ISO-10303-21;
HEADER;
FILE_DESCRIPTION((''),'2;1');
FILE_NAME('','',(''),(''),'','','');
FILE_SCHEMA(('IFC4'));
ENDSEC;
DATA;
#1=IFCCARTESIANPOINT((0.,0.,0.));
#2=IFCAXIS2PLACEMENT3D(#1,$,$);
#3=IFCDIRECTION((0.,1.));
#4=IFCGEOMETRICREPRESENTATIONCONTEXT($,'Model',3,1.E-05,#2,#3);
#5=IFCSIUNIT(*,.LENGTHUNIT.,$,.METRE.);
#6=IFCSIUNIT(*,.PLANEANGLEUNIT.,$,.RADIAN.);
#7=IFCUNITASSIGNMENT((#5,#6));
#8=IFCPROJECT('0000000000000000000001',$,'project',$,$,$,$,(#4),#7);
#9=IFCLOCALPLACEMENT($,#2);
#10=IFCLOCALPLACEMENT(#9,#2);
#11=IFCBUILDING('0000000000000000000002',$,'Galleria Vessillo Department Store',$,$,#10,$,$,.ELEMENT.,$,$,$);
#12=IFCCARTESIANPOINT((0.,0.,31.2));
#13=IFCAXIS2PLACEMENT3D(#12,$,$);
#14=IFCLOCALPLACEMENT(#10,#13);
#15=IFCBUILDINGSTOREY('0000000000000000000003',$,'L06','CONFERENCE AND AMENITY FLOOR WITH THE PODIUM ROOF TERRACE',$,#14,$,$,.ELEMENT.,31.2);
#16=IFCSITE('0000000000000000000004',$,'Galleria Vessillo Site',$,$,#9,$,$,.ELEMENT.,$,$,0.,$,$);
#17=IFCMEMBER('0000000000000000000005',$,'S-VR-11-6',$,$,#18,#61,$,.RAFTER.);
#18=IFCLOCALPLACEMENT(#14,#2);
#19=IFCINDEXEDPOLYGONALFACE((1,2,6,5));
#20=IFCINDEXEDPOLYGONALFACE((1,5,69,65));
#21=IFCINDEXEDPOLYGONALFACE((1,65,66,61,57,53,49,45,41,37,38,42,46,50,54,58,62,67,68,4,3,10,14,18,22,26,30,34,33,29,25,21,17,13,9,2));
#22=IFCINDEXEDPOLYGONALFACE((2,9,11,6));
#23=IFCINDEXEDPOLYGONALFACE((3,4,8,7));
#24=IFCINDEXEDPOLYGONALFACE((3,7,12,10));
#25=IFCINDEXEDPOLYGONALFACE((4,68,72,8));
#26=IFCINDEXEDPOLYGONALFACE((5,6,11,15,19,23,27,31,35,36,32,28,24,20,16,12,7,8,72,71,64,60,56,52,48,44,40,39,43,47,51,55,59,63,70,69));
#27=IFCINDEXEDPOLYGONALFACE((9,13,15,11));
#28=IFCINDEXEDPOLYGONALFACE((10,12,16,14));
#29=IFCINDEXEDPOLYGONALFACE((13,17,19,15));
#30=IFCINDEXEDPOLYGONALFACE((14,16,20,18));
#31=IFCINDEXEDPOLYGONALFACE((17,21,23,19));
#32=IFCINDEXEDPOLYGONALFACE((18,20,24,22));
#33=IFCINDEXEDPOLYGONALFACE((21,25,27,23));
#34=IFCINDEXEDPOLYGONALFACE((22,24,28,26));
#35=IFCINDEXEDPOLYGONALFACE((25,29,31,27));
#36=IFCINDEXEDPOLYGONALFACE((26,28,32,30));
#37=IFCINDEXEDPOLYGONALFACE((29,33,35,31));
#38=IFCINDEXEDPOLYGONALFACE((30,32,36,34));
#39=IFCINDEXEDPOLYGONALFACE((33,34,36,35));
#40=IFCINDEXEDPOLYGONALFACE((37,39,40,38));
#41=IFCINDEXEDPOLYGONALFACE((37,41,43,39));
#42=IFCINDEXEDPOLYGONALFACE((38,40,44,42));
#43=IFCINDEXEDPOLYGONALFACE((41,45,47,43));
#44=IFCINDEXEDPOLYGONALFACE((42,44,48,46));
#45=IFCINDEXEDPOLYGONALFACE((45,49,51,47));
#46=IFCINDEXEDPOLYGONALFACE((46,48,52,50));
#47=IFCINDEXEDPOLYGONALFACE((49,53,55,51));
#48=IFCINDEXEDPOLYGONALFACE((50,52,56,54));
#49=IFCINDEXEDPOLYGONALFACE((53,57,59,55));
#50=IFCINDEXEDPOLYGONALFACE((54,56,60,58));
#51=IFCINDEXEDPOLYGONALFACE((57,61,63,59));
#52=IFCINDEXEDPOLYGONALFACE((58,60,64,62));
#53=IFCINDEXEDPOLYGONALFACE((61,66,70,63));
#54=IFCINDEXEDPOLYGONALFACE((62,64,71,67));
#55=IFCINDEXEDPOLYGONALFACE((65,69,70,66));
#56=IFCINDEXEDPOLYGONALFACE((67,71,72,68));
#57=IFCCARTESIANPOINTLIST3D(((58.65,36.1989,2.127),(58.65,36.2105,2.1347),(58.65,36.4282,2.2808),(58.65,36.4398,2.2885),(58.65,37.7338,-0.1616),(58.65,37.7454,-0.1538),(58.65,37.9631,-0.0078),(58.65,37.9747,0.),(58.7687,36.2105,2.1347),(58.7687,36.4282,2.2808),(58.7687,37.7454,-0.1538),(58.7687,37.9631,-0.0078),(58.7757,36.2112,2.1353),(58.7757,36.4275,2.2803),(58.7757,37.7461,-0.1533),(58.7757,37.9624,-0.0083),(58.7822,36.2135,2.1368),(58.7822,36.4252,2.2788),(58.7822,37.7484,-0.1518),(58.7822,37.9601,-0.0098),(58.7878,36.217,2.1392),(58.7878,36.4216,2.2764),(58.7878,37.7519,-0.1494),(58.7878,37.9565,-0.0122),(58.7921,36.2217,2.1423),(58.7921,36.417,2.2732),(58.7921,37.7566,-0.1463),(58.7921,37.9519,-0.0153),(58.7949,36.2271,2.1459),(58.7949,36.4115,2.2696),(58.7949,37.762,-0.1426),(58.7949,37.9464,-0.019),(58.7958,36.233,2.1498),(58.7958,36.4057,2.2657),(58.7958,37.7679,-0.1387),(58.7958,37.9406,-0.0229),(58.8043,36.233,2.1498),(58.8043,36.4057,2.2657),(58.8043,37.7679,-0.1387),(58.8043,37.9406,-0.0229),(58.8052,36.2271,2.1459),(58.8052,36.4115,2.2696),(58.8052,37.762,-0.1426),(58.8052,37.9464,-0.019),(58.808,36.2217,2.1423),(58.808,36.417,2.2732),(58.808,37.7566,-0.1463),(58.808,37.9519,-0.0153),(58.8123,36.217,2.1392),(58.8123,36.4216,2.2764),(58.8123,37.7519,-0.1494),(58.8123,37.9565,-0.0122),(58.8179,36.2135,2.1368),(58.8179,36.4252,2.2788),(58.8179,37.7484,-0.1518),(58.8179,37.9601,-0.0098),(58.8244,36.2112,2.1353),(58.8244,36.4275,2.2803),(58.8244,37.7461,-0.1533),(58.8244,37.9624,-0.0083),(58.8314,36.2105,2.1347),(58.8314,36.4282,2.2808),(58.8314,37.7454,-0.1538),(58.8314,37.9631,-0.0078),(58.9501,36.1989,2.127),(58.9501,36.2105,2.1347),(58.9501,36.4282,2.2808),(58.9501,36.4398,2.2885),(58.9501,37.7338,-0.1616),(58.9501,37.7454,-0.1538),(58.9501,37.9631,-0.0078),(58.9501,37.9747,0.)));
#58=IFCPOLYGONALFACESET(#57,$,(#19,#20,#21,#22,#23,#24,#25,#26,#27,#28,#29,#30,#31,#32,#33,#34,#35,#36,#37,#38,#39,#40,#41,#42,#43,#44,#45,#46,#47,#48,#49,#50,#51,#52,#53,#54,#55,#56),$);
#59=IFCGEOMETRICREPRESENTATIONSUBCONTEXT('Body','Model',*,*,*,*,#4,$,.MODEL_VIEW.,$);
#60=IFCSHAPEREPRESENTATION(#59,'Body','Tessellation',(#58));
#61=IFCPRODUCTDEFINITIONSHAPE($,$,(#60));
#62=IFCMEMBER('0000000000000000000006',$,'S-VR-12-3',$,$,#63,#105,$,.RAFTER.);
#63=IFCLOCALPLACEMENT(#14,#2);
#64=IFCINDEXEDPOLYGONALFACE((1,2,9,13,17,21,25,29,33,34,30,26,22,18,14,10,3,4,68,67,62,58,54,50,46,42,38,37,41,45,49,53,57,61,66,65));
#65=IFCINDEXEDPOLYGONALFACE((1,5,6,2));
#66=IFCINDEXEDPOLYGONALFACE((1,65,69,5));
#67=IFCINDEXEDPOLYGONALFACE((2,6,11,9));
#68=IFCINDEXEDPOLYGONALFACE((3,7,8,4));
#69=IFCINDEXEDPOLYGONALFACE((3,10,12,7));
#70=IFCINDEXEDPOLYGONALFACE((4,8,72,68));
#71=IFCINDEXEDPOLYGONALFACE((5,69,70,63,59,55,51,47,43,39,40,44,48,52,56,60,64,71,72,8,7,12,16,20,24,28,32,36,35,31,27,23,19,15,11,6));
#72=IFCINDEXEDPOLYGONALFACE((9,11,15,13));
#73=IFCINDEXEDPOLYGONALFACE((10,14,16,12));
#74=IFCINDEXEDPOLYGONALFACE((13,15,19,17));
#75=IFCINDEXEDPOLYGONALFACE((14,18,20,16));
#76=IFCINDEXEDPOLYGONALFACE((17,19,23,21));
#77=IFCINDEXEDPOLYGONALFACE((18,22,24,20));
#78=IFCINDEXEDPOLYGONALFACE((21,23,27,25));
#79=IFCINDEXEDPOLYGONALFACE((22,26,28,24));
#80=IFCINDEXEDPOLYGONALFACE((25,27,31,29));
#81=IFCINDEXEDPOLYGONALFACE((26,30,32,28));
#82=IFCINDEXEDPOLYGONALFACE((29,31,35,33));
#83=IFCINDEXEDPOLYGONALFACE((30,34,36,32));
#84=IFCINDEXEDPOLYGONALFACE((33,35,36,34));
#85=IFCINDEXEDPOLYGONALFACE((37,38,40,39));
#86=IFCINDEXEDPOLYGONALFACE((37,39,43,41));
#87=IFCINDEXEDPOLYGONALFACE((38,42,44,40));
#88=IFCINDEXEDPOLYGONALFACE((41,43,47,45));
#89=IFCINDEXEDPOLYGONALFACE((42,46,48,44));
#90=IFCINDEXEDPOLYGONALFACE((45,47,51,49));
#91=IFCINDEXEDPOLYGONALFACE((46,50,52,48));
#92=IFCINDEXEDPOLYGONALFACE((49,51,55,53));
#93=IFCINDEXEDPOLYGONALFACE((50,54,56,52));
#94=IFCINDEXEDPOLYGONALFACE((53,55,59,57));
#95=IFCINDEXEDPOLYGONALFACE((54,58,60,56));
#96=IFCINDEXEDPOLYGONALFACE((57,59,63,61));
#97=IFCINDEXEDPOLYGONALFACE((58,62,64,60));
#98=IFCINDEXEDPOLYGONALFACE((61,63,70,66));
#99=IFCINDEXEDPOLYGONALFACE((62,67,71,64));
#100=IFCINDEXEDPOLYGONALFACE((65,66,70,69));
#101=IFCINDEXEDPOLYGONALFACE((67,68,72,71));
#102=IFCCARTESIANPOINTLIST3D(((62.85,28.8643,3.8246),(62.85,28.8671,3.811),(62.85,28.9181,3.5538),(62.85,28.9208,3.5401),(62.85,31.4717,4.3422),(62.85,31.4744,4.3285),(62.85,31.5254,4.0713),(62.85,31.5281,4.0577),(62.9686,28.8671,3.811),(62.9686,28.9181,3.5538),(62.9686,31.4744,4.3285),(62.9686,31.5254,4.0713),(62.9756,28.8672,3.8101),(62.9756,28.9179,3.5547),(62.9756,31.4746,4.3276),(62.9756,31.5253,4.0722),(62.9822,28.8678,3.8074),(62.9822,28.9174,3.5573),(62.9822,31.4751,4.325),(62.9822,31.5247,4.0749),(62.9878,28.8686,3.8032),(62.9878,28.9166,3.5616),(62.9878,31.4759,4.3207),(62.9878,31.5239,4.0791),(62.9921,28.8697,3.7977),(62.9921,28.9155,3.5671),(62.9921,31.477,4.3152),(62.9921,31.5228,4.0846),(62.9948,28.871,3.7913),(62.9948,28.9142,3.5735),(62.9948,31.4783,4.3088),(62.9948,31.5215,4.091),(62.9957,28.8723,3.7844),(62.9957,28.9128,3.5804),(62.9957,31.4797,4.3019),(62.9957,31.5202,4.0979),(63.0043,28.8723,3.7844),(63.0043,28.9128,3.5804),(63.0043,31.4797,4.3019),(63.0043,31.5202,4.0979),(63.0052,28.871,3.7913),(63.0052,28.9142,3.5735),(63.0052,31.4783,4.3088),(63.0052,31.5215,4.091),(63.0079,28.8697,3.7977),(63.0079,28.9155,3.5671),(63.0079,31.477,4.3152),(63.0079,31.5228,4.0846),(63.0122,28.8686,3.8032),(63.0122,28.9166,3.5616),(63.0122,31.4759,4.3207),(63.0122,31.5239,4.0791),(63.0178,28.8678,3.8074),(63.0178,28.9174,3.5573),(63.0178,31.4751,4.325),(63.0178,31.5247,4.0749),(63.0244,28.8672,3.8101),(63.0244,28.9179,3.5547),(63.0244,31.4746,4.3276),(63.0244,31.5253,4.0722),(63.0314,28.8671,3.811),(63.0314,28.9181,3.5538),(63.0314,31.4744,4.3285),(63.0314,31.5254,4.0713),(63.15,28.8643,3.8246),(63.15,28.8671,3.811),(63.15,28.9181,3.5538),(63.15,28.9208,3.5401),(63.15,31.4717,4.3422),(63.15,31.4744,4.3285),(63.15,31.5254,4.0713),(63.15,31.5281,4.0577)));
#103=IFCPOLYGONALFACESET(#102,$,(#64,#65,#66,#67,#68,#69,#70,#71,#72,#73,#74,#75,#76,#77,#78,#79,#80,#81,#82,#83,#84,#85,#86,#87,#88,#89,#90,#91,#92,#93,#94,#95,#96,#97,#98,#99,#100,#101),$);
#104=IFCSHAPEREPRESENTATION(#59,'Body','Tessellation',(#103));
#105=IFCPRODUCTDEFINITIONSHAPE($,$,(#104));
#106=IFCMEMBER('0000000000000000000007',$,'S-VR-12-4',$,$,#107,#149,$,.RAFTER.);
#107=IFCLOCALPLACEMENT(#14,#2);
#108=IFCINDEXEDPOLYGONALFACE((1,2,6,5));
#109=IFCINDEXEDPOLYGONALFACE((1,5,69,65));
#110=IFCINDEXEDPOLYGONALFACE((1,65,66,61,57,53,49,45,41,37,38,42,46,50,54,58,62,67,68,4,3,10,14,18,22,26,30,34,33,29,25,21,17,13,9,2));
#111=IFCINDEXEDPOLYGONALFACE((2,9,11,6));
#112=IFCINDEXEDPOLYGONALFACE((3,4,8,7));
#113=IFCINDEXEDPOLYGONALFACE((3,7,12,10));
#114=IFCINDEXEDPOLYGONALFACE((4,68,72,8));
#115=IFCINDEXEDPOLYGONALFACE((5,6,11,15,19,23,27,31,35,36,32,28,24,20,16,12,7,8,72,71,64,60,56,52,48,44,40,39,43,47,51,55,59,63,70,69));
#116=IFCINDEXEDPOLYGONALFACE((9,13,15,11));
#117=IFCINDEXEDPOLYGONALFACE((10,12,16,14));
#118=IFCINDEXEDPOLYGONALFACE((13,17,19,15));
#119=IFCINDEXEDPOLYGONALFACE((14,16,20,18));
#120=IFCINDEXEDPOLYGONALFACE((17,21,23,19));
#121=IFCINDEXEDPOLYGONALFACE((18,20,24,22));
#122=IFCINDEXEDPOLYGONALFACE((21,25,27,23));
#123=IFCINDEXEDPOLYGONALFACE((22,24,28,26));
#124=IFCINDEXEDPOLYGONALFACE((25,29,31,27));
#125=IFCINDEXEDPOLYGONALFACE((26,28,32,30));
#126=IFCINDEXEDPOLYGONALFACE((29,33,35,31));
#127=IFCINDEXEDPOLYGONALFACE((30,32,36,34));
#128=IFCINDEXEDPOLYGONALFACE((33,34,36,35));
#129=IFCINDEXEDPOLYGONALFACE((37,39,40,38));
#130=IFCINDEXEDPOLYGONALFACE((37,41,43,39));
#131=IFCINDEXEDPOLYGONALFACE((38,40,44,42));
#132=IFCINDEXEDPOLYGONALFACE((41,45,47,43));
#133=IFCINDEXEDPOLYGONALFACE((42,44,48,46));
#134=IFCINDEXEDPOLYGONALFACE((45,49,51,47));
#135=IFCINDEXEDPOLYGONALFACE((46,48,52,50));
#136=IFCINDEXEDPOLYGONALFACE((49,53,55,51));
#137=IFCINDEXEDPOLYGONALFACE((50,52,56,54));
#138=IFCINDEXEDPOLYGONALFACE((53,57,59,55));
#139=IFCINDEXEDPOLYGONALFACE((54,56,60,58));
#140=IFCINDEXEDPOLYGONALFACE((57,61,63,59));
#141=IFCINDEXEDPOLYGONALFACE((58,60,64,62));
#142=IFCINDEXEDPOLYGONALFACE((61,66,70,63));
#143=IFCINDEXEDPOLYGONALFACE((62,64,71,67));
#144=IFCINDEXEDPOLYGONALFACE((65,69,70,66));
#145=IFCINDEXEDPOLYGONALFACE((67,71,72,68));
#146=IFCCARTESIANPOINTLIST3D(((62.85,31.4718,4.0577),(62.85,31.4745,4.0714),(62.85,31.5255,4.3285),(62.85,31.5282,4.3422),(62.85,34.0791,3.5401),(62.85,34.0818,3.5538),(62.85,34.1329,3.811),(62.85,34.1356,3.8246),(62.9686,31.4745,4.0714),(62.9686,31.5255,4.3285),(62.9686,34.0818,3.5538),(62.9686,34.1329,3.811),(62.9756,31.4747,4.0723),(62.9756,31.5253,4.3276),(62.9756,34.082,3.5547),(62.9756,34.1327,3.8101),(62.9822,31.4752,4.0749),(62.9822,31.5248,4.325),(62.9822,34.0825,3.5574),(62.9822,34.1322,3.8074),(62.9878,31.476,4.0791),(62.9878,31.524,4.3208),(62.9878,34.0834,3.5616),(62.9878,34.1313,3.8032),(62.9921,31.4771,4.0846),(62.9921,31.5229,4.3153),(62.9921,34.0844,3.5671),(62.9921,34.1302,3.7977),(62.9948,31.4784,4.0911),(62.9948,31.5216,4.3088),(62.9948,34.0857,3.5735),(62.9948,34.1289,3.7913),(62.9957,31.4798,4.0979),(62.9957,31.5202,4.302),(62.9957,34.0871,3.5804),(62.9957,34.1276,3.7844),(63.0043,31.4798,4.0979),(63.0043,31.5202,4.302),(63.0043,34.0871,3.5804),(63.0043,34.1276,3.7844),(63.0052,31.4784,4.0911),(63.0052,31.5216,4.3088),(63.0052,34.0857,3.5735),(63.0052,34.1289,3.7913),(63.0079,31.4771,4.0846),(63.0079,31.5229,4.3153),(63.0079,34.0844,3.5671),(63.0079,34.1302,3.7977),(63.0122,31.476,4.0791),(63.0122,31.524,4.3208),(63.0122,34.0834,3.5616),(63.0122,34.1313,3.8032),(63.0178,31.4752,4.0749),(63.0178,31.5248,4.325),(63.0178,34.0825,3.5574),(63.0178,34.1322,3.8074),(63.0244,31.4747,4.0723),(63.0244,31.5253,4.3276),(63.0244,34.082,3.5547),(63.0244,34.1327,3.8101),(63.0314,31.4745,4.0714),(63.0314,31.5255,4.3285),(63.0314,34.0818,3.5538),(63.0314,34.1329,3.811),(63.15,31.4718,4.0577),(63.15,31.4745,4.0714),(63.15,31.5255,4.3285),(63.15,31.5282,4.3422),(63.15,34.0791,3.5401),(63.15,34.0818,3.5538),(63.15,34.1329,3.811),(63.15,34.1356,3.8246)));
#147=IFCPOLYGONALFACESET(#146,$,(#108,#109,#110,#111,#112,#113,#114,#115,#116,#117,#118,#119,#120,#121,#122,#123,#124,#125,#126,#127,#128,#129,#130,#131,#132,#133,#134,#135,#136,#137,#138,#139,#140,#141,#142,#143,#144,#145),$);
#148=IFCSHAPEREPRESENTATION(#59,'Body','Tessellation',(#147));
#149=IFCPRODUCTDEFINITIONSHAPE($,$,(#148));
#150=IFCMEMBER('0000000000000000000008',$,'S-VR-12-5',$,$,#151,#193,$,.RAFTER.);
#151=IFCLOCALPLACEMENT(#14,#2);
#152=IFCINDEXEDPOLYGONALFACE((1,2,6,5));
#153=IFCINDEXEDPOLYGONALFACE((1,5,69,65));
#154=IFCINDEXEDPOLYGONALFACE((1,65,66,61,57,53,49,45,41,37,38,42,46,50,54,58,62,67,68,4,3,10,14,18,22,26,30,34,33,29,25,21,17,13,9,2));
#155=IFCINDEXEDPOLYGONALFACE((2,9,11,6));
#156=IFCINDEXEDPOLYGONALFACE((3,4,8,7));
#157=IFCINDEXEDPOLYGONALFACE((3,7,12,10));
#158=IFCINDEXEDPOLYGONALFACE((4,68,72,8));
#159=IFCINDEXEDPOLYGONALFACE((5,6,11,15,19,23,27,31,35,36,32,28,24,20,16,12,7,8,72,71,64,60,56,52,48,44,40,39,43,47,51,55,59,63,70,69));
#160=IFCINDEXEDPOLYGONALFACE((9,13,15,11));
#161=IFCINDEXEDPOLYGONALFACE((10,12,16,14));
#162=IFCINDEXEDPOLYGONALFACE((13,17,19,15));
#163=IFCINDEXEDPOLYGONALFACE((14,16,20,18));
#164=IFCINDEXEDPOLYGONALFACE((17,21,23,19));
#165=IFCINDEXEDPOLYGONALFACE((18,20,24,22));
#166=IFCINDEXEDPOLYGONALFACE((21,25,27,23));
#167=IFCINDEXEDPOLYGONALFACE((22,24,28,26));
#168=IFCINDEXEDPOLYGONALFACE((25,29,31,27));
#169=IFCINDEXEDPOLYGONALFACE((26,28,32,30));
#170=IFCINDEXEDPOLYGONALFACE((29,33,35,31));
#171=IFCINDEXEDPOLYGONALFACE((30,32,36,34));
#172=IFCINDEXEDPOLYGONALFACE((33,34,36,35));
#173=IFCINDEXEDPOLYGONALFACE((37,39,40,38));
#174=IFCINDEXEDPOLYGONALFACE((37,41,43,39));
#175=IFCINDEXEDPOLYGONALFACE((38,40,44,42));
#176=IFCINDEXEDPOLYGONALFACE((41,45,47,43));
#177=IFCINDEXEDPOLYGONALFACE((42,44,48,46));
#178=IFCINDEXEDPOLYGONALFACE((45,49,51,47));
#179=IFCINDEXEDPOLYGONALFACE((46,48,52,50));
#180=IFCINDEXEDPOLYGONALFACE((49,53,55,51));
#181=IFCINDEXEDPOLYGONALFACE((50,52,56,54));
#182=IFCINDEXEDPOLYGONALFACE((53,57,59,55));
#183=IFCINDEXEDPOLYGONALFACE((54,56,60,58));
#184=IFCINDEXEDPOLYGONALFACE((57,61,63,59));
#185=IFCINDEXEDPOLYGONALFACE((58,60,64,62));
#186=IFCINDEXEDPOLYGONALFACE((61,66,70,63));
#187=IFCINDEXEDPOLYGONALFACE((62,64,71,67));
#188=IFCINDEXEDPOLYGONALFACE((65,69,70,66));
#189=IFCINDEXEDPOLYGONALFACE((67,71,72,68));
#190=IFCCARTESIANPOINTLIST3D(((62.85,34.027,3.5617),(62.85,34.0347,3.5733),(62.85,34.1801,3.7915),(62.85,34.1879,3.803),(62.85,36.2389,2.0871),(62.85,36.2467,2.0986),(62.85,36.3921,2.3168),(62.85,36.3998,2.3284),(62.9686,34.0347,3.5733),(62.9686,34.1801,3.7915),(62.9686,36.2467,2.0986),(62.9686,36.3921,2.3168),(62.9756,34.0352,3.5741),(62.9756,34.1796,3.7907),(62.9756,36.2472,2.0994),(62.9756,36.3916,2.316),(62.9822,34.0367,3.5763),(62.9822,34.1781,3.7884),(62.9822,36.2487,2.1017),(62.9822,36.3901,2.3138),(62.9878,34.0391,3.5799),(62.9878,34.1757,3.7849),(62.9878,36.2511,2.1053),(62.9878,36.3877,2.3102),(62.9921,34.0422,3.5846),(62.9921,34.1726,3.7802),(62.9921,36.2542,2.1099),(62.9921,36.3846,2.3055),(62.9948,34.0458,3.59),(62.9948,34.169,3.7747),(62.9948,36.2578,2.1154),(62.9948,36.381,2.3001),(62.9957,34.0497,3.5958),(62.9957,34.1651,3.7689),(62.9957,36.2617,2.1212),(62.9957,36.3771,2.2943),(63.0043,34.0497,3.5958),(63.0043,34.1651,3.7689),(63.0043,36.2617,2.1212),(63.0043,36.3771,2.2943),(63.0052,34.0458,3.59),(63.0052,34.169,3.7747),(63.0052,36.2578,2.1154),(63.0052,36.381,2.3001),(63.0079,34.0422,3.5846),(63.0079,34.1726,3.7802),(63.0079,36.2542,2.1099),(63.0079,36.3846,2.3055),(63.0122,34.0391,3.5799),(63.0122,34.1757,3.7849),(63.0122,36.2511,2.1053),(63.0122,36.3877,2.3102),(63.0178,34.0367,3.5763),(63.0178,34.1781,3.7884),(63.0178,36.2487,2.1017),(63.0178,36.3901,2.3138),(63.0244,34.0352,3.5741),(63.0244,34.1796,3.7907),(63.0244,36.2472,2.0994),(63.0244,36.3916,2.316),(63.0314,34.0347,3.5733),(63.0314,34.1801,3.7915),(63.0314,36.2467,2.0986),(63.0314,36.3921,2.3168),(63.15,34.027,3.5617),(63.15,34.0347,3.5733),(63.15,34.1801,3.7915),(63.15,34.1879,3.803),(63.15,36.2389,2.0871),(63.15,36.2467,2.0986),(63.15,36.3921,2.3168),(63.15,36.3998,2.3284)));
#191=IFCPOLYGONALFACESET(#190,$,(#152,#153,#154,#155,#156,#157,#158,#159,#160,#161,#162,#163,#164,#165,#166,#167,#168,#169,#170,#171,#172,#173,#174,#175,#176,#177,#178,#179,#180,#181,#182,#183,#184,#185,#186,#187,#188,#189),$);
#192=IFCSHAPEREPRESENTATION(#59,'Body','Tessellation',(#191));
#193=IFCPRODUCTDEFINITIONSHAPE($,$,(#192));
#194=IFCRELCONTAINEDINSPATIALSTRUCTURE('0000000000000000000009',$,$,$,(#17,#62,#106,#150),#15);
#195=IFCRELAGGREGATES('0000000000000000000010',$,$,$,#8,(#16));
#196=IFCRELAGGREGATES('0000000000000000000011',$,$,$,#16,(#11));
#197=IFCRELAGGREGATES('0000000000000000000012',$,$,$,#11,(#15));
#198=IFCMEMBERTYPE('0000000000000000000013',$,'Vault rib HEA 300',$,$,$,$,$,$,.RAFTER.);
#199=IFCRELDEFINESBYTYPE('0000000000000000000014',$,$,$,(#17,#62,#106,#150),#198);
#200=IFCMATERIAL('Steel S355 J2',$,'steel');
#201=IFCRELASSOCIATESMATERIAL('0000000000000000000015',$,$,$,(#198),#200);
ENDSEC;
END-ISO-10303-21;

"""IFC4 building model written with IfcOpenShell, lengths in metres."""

from ifc_helpers import new_model, si_unit, direction, frame, origin, origin_2d, place, context, subcontext, project, spatial, i_section, extrude, material, material_profile, profile_set, type_object, element, save


model = new_model("IFC4")

# Units and contexts
model_context = context("Model", 3, precision=1e-05, world=origin(), true_north=direction((0.0, 1.0)))
body_context = subcontext(model_context, "Body", "Model", "MODEL_VIEW")
ifc_project = project(units=[si_unit("LENGTHUNIT", "METRE"), si_unit("PLANEANGLEUNIT", "RADIAN")], contexts=[model_context])

# Site, building, storey
site_placement = place(None, origin())
site = spatial("IfcSite", under=ifc_project, at=site_placement, Name="Galleria Vessillo Site", CompositionType="ELEMENT", RefElevation=0.0)
building_placement = place(site_placement, origin())
building = spatial("IfcBuilding", under=site, at=building_placement, Name="Galleria Vessillo Department Store", CompositionType="ELEMENT")
storey_placement = place(building_placement, frame((0.0, 0.0, 31.2)))
storey = spatial("IfcBuildingStorey", under=building, at=storey_placement, Name="L06", Description="CONFERENCE AND AMENITY FLOOR WITH THE PODIUM ROOF TERRACE", CompositionType="ELEMENT", Elevation=31.2)

# Members
ifc_material_1 = material(Name="Steel S355 J2", Category="steel")
ifc_material_profile_1 = material_profile(ifc_material_1, i_section(OverallWidth=0.3, OverallDepth=0.29, WebThickness=0.0085, FlangeThickness=0.0139, FilletRadius=0.0271, at=origin_2d()), Name="HEA 300")
ifc_profile_set_1 = profile_set([ifc_material_profile_1], Name="Steel S355 J2")
member_type_1 = type_object("IfcMemberType", Name="Vault rib HEA 300", PredefinedType="RAFTER", material=ifc_profile_set_1)
member_1_placement = place(storey_placement, frame((58.8, 36.3193, 2.2078), z_axis=(0.0, 0.557008, -0.830507), x_axis=(-1.0, 0.0, 0.0)))
element("IfcMember", 1, at=member_1_placement, inside=storey, type_object=member_type_1, Name="S-VR-11-6", PredefinedType="RAFTER", context=body_context, shape_type="SweptSolid", body=[
    extrude(i_section(OverallWidth=0.3, OverallDepth=0.29, WebThickness=0.0085, FlangeThickness=0.0139, FilletRadius=0.0271, at=origin_2d()), origin(), (0.0, 0.0, 1.0), 2.7556),
])
for number, where, z_axis, x_axis, name in (
    (2, (63.0, 28.8926, 3.6824), (0.0, 0.980862, 0.194703), (-1.0, 0.0, 0.0), "S-VR-12-3"),
    (3, (63.0, 31.5, 4.2), (0.0, 0.980862, -0.194703), (-1.0, 0.0, 0.0), "S-VR-12-4"),
):
    element("IfcMember", number, at=place(storey_placement, frame(where, z_axis=z_axis, x_axis=x_axis)), inside=storey, type_object=member_type_1, Name=name, PredefinedType="RAFTER", context=body_context, shape_type="SweptSolid", body=[
        extrude(i_section(OverallWidth=0.3, OverallDepth=0.29, WebThickness=0.0085, FlangeThickness=0.0139, FilletRadius=0.0271, at=origin_2d()), origin(), (0.0, 0.0, 1.0), 2.6582),
    ])
member_2_placement = place(storey_placement, frame((63.0, 34.1074, 3.6824), z_axis=(0.0, 0.83205, -0.5547), x_axis=(-1.0, 0.0, 0.0)))
element("IfcMember", 4, at=member_2_placement, inside=storey, type_object=member_type_1, Name="S-VR-12-5", PredefinedType="RAFTER", context=body_context, shape_type="SweptSolid", body=[
    extrude(i_section(OverallWidth=0.3, OverallDepth=0.29, WebThickness=0.0085, FlangeThickness=0.0139, FilletRadius=0.0271, at=origin_2d()), origin(), (0.0, 0.0, 1.0), 2.6584),
])

save(model, "model.ifc")
